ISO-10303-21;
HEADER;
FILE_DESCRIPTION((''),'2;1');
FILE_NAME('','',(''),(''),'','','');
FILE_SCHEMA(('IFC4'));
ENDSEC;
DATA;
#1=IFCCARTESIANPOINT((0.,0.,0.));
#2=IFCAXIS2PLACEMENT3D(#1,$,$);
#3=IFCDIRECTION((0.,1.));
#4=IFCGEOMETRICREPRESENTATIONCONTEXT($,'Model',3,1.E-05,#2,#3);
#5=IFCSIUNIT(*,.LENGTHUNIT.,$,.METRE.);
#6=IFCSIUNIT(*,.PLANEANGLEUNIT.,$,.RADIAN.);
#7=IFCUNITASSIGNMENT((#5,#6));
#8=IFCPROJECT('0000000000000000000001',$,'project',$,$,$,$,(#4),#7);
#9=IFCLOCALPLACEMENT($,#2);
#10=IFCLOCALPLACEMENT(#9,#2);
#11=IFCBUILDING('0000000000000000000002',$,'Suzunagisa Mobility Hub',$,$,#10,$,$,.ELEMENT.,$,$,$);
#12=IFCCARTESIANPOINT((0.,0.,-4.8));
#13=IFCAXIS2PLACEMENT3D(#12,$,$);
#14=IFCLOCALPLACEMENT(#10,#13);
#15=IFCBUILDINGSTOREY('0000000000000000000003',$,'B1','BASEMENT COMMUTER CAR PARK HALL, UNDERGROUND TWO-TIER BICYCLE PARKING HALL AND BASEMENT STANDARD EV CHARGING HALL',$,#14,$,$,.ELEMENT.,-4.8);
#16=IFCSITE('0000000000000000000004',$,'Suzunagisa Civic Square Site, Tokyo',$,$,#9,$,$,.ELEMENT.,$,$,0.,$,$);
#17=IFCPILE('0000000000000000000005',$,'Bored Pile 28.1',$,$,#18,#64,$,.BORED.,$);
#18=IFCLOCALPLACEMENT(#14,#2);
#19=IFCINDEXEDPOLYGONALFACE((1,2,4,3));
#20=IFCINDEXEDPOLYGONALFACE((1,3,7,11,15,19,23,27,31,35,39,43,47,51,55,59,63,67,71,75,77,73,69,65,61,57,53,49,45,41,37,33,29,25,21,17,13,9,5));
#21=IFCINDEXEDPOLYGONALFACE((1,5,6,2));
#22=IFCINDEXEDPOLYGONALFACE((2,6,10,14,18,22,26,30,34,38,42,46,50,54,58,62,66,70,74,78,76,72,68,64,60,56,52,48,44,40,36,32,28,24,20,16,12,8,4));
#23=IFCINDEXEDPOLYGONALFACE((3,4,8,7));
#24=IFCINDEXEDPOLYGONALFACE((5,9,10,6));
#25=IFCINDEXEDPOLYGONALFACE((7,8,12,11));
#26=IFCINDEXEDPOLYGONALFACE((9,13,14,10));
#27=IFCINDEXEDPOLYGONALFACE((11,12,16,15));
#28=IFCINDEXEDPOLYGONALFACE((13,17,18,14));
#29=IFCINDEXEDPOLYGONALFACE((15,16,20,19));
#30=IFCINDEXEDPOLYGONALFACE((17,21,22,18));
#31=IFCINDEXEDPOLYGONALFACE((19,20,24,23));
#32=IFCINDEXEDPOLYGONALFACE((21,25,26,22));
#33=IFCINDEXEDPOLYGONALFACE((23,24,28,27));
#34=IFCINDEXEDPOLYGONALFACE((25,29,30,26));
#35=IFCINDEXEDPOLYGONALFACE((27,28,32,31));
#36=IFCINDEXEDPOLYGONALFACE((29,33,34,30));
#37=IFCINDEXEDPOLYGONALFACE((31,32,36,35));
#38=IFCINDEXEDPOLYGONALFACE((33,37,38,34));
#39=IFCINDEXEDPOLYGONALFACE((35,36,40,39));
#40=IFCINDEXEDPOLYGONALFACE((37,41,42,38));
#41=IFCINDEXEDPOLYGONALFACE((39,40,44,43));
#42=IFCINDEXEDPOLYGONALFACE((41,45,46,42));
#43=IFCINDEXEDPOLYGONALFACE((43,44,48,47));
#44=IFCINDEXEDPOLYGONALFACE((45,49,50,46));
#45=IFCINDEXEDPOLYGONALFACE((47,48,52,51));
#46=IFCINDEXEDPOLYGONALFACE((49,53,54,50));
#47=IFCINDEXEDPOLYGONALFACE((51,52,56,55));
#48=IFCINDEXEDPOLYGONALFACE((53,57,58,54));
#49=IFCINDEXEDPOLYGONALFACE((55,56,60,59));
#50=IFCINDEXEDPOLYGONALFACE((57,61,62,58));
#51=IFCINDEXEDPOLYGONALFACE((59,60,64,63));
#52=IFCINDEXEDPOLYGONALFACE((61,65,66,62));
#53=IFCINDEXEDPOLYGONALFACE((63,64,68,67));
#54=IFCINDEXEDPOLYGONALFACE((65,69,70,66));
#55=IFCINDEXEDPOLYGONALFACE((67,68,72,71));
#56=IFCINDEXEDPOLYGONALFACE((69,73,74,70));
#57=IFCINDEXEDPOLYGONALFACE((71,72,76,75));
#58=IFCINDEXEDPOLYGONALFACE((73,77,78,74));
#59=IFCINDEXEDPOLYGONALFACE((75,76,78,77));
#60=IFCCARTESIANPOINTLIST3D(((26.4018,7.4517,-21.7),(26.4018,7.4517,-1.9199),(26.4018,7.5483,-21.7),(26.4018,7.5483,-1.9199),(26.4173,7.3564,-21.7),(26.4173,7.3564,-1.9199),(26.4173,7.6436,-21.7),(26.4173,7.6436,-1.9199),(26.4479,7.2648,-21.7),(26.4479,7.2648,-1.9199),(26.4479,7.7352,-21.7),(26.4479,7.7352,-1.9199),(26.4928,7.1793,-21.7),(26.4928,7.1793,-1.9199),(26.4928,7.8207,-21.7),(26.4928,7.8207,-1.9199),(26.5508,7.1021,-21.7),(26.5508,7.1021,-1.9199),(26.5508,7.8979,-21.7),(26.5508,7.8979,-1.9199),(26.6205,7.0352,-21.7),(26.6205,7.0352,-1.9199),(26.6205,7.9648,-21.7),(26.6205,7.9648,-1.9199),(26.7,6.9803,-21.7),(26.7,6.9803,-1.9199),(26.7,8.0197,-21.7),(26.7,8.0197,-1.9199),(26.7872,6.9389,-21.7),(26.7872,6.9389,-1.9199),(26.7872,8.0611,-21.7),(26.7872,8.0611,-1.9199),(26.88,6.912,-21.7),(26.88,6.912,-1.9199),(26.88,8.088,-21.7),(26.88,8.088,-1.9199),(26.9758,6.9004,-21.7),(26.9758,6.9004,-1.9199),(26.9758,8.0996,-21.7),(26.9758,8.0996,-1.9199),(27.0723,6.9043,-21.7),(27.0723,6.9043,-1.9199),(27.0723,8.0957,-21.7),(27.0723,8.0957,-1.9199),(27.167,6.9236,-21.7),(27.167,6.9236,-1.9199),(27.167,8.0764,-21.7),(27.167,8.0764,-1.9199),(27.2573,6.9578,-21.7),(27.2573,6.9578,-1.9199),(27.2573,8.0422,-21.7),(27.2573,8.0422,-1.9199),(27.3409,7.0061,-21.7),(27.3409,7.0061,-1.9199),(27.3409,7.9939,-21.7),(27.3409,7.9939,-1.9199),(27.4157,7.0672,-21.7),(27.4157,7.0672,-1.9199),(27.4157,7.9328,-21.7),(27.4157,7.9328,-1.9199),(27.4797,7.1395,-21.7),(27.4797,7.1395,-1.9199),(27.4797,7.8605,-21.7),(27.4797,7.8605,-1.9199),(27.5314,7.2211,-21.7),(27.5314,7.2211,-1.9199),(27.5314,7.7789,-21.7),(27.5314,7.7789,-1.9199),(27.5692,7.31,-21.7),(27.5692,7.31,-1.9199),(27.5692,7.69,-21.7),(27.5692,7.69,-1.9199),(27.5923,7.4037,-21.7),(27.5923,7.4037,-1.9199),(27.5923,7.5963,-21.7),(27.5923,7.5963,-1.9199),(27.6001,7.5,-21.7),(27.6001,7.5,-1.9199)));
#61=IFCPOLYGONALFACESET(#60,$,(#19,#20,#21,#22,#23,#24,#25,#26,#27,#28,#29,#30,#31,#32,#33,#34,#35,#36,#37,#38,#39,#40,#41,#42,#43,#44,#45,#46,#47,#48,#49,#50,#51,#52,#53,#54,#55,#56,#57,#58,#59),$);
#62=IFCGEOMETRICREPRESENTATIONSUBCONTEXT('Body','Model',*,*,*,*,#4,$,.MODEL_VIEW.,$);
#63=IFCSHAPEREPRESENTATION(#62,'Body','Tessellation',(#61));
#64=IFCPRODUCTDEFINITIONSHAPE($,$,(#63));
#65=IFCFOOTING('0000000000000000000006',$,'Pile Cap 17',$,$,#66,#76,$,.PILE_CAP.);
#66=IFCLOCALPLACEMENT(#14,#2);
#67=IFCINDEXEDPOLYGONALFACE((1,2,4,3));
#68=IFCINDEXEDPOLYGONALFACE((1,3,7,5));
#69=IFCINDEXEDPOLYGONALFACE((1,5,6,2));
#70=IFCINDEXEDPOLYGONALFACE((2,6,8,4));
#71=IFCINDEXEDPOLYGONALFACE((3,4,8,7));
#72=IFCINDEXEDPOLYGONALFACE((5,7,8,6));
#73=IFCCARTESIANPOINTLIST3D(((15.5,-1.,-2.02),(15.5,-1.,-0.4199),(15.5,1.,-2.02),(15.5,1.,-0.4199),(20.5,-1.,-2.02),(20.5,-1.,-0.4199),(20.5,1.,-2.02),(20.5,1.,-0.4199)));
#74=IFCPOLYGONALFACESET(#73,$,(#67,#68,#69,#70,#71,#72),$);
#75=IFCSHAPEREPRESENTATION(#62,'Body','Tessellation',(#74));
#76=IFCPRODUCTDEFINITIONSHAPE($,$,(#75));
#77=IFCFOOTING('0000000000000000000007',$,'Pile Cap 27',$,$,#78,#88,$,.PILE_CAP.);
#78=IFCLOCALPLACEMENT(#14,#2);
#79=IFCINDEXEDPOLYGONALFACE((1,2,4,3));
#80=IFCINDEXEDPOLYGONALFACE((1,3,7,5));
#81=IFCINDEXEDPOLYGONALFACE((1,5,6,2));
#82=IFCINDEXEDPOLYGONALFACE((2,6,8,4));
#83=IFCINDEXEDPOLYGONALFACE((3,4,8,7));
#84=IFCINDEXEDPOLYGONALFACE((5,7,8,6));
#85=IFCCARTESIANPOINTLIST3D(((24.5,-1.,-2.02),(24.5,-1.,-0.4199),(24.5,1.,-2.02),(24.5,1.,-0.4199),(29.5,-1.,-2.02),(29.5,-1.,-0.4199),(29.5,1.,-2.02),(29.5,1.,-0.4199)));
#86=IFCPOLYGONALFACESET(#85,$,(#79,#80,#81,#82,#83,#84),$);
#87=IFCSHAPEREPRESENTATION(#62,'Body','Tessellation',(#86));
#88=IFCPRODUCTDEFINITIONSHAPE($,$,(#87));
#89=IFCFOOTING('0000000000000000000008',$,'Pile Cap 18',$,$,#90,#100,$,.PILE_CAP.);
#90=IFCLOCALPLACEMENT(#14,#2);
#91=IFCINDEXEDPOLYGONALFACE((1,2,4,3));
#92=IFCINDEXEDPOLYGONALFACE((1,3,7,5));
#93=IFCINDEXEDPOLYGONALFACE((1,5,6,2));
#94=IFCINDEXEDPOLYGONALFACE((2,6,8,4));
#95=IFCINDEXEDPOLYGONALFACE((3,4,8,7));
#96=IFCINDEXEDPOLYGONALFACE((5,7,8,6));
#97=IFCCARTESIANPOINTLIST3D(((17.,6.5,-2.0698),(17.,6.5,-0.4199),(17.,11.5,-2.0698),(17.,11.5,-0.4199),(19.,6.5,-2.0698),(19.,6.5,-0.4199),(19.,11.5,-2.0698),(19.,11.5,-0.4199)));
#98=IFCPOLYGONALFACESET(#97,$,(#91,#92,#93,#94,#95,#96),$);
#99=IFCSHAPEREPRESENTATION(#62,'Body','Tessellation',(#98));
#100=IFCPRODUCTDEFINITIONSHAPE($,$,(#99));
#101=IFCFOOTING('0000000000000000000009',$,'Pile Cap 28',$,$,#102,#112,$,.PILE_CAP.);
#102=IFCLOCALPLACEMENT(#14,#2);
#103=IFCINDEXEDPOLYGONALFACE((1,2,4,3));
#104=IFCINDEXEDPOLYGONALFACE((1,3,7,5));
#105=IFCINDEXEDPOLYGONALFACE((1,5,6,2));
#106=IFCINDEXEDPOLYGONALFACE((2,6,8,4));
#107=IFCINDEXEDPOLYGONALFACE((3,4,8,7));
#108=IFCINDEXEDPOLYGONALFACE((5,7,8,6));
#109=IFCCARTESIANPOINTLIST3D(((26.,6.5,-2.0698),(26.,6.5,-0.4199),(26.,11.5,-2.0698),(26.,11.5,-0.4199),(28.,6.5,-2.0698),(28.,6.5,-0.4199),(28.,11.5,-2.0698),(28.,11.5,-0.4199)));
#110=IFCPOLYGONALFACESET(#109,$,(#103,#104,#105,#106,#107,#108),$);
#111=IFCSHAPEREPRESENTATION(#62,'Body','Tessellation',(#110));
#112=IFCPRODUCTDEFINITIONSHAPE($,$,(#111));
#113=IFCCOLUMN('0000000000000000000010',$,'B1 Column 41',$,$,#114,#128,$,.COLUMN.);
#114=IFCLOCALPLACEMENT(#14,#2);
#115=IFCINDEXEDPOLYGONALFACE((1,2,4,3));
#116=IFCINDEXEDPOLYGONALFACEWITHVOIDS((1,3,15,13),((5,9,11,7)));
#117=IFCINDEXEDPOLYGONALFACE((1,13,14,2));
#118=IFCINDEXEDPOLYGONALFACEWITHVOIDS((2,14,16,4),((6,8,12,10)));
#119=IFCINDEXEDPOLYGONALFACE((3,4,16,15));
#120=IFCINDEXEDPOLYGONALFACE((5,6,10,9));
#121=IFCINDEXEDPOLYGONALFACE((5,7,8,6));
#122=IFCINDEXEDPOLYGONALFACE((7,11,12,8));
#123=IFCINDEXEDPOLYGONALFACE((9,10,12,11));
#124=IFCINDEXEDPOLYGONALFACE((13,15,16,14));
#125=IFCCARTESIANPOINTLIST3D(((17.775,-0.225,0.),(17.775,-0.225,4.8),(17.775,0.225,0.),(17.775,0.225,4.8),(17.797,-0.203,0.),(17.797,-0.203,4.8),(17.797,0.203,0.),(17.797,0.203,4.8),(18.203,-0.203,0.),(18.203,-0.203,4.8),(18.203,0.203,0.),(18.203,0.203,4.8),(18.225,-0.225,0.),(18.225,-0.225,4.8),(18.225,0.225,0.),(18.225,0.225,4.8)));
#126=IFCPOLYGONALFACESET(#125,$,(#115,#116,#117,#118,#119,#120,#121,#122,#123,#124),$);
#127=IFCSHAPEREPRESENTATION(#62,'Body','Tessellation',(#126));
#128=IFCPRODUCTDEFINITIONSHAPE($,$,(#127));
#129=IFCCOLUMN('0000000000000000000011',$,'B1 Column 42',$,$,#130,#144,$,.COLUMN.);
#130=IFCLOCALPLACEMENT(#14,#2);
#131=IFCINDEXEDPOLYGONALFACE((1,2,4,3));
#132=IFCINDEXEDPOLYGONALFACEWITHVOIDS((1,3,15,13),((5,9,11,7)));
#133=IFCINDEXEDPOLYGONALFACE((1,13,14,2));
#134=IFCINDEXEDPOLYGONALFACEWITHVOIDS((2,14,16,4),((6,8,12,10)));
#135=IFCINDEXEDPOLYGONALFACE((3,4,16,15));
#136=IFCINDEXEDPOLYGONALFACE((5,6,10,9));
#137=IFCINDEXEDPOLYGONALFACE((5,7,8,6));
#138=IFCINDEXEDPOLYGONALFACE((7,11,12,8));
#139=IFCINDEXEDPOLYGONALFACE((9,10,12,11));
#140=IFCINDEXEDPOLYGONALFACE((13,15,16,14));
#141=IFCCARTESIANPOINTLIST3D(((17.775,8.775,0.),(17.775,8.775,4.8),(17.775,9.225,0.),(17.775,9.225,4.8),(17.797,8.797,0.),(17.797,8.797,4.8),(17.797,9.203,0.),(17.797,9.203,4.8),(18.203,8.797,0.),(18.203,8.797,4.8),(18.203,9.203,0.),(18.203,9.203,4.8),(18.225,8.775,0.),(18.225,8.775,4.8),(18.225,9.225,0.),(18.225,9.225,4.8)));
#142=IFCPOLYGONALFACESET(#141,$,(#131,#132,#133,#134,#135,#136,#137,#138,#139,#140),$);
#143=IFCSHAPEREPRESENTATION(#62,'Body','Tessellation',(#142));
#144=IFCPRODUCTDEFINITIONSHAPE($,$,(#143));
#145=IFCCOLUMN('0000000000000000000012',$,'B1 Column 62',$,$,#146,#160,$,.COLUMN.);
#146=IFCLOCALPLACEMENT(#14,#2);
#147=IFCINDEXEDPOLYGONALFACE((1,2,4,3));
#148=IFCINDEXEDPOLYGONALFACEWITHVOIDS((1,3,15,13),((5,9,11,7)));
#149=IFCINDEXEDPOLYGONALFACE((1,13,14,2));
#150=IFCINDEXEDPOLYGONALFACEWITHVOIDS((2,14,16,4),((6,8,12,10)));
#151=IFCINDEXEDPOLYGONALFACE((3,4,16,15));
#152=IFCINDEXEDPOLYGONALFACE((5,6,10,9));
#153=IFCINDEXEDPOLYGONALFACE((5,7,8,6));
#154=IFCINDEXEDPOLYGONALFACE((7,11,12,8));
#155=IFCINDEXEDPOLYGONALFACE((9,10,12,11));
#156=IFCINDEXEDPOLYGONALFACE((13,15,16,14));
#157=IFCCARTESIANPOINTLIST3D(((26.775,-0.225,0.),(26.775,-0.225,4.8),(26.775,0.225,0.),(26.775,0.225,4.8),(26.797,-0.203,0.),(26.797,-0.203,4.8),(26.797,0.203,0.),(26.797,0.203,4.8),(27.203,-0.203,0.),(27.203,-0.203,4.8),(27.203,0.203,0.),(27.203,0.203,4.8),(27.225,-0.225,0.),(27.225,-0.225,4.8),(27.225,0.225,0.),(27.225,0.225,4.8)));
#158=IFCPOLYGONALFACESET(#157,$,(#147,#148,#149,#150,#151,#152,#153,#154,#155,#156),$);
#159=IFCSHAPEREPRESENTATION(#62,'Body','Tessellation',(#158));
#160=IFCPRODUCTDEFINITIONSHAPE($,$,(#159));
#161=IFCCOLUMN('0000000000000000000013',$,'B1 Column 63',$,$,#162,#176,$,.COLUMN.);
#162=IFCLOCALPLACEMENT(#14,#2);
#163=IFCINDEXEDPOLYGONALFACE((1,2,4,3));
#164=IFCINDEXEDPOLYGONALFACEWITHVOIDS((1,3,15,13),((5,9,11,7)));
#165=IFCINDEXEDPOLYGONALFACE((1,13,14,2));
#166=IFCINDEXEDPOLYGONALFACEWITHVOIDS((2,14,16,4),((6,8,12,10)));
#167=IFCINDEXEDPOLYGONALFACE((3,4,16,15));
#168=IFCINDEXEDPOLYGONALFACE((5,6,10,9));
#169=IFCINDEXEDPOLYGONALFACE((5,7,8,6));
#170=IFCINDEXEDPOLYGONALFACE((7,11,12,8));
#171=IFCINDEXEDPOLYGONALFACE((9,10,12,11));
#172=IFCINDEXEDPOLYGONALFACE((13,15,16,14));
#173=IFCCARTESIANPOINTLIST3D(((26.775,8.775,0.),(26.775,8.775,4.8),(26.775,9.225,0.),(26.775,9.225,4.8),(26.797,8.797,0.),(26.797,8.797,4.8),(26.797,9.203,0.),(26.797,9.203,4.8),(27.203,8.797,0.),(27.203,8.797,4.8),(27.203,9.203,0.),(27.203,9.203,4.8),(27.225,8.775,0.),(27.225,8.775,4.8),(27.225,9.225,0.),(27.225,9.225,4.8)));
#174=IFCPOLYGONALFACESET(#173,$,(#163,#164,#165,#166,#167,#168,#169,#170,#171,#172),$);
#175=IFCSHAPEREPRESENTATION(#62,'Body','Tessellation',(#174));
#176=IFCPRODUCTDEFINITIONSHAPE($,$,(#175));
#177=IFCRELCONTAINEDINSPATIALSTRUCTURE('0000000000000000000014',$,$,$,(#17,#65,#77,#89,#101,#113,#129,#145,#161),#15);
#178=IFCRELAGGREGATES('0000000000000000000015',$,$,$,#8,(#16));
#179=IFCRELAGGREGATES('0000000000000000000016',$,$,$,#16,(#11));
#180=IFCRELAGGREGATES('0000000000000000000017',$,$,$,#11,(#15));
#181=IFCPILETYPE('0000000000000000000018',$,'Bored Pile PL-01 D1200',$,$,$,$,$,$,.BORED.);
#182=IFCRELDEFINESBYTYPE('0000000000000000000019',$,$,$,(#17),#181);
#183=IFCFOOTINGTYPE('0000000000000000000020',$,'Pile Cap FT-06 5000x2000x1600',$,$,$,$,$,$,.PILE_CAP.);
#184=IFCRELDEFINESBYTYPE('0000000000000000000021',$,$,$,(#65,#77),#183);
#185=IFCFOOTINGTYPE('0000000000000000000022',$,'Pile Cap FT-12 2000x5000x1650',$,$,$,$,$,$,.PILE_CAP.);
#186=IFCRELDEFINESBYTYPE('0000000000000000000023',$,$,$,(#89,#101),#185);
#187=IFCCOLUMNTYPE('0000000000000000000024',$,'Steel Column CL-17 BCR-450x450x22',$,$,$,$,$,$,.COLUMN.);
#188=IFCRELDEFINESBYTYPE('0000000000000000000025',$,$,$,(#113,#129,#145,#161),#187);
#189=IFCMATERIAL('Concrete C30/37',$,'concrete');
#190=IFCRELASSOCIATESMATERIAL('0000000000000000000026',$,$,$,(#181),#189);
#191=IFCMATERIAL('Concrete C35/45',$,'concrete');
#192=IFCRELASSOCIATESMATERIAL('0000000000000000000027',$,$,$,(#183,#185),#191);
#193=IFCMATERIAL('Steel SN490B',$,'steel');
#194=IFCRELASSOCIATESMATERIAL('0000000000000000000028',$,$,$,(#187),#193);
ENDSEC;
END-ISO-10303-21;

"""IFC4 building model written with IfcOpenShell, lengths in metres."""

from ifc_helpers import new_model, si_unit, direction, frame, origin, origin_2d, place, context, subcontext, project, spatial, rectangle, hollow_rectangle, circle, extrude, material, material_profile, profile_set, type_object, element, save


model = new_model("IFC4")

# Units and contexts
model_context = context("Model", 3, precision=1e-05, world=origin(), true_north=direction((0.0, 1.0)))
body_context = subcontext(model_context, "Body", "Model", "MODEL_VIEW")
ifc_project = project(units=[si_unit("LENGTHUNIT", "METRE"), si_unit("PLANEANGLEUNIT", "RADIAN")], contexts=[model_context])

# Site, building, storey
site_placement = place(None, origin())
site = spatial("IfcSite", under=ifc_project, at=site_placement, Name="Suzunagisa Civic Square Site, Tokyo", CompositionType="ELEMENT", RefElevation=0.0)
building_placement = place(site_placement, origin())
building = spatial("IfcBuilding", under=site, at=building_placement, Name="Suzunagisa Mobility Hub", CompositionType="ELEMENT")
storey_placement = place(building_placement, frame((0.0, 0.0, -4.8)))
storey = spatial("IfcBuildingStorey", under=building, at=storey_placement, Name="B1", Description="BASEMENT COMMUTER CAR PARK HALL, UNDERGROUND TWO-TIER BICYCLE PARKING HALL AND BASEMENT STANDARD EV CHARGING HALL", CompositionType="ELEMENT", Elevation=-4.8)

# Pile
ifc_material_1 = material(Name="Concrete C30/37", Category="concrete")
ifc_material_profile_1 = material_profile(ifc_material_1, circle(Radius=0.6001, at=origin_2d()), Name="BORED PILE D1200")
ifc_profile_set_1 = profile_set([ifc_material_profile_1], Name="Concrete C30/37")
pile_type = type_object("IfcPileType", Name="Bored Pile PL-01 D1200", PredefinedType="BORED", material=ifc_profile_set_1)
pile_1_placement = place(storey_placement, frame((27.0, 7.5, -1.9199), z_axis=(0.0, 0.0, -1.0), x_axis=(1.0, 0.0, 0.0)))
element("IfcPile", 1, at=pile_1_placement, inside=storey, type_object=pile_type, Name="Bored Pile 28.1", PredefinedType="BORED", context=body_context, shape_type="SweptSolid", body=[
    extrude(circle(Radius=0.6001, at=origin_2d()), origin(), (0.0, 0.0, 1.0), 19.78),
])

# Footings
ifc_material_2 = material(Name="Concrete C35/45", Category="concrete")
footing_type_1 = type_object("IfcFootingType", Name="Pile Cap FT-06 5000x2000x1600", PredefinedType="PILE_CAP", material=ifc_material_2)
for number, where, z_axis, x_axis, name in (
    (2, (18.0, 0.0, -2.02), (0.0, 0.0, 1.0), (1.0, 0.0, 0.0), "Pile Cap 17"),
    (3, (27.0, 0.0, -2.02), (0.0, 0.0, 1.0), (1.0, 0.0, 0.0), "Pile Cap 27"),
):
    element("IfcFooting", number, at=place(storey_placement, frame(where, z_axis=z_axis, x_axis=x_axis)), inside=storey, type_object=footing_type_1, Name=name, PredefinedType="PILE_CAP", context=body_context, shape_type="SweptSolid", body=[
        extrude(rectangle(XDim=5.0, YDim=2.0, at=origin_2d()), origin(), (0.0, 0.0, 1.0), 1.6001),
    ])
footing_type_2 = type_object("IfcFootingType", Name="Pile Cap FT-12 2000x5000x1650", PredefinedType="PILE_CAP", material=ifc_material_2)
for number, where, z_axis, x_axis, name in (
    (4, (18.0, 9.0, -2.0698), (0.0, 0.0, 1.0), (1.0, 0.0, 0.0), "Pile Cap 18"),
    (5, (27.0, 9.0, -2.0698), (0.0, 0.0, 1.0), (1.0, 0.0, 0.0), "Pile Cap 28"),
):
    element("IfcFooting", number, at=place(storey_placement, frame(where, z_axis=z_axis, x_axis=x_axis)), inside=storey, type_object=footing_type_2, Name=name, PredefinedType="PILE_CAP", context=body_context, shape_type="SweptSolid", body=[
        extrude(rectangle(XDim=2.0, YDim=5.0, at=origin_2d()), origin(), (0.0, 0.0, 1.0), 1.6499),
    ])

# Columns
ifc_material_3 = material(Name="Steel SN490B", Category="steel")
ifc_material_profile_2 = material_profile(ifc_material_3, hollow_rectangle(XDim=0.45, YDim=0.45, WallThickness=0.022, at=origin_2d()), Name="BCR-450x450x22")
ifc_profile_set_2 = profile_set([ifc_material_profile_2], Name="Steel SN490B")
column_type = type_object("IfcColumnType", Name="Steel Column CL-17 BCR-450x450x22", PredefinedType="COLUMN", material=ifc_profile_set_2)
for number, where, z_axis, x_axis, name in (
    (6, (18.0, 0.0, 0.0), (0.0, 0.0, 1.0), (1.0, 0.0, 0.0), "B1 Column 41"),
    (7, (18.0, 9.0, 0.0), (0.0, 0.0, 1.0), (1.0, 0.0, 0.0), "B1 Column 42"),
    (8, (27.0, 0.0, 0.0), (0.0, 0.0, 1.0), (1.0, 0.0, 0.0), "B1 Column 62"),
    (9, (27.0, 9.0, 0.0), (0.0, 0.0, 1.0), (1.0, 0.0, 0.0), "B1 Column 63"),
):
    element("IfcColumn", number, at=place(storey_placement, frame(where, z_axis=z_axis, x_axis=x_axis)), inside=storey, type_object=column_type, Name=name, PredefinedType="COLUMN", context=body_context, shape_type="SweptSolid", body=[
        extrude(hollow_rectangle(XDim=0.45, YDim=0.45, WallThickness=0.022, at=origin_2d()), origin(), (0.0, 0.0, 1.0), 4.8),
    ])

save(model, "model.ifc")
